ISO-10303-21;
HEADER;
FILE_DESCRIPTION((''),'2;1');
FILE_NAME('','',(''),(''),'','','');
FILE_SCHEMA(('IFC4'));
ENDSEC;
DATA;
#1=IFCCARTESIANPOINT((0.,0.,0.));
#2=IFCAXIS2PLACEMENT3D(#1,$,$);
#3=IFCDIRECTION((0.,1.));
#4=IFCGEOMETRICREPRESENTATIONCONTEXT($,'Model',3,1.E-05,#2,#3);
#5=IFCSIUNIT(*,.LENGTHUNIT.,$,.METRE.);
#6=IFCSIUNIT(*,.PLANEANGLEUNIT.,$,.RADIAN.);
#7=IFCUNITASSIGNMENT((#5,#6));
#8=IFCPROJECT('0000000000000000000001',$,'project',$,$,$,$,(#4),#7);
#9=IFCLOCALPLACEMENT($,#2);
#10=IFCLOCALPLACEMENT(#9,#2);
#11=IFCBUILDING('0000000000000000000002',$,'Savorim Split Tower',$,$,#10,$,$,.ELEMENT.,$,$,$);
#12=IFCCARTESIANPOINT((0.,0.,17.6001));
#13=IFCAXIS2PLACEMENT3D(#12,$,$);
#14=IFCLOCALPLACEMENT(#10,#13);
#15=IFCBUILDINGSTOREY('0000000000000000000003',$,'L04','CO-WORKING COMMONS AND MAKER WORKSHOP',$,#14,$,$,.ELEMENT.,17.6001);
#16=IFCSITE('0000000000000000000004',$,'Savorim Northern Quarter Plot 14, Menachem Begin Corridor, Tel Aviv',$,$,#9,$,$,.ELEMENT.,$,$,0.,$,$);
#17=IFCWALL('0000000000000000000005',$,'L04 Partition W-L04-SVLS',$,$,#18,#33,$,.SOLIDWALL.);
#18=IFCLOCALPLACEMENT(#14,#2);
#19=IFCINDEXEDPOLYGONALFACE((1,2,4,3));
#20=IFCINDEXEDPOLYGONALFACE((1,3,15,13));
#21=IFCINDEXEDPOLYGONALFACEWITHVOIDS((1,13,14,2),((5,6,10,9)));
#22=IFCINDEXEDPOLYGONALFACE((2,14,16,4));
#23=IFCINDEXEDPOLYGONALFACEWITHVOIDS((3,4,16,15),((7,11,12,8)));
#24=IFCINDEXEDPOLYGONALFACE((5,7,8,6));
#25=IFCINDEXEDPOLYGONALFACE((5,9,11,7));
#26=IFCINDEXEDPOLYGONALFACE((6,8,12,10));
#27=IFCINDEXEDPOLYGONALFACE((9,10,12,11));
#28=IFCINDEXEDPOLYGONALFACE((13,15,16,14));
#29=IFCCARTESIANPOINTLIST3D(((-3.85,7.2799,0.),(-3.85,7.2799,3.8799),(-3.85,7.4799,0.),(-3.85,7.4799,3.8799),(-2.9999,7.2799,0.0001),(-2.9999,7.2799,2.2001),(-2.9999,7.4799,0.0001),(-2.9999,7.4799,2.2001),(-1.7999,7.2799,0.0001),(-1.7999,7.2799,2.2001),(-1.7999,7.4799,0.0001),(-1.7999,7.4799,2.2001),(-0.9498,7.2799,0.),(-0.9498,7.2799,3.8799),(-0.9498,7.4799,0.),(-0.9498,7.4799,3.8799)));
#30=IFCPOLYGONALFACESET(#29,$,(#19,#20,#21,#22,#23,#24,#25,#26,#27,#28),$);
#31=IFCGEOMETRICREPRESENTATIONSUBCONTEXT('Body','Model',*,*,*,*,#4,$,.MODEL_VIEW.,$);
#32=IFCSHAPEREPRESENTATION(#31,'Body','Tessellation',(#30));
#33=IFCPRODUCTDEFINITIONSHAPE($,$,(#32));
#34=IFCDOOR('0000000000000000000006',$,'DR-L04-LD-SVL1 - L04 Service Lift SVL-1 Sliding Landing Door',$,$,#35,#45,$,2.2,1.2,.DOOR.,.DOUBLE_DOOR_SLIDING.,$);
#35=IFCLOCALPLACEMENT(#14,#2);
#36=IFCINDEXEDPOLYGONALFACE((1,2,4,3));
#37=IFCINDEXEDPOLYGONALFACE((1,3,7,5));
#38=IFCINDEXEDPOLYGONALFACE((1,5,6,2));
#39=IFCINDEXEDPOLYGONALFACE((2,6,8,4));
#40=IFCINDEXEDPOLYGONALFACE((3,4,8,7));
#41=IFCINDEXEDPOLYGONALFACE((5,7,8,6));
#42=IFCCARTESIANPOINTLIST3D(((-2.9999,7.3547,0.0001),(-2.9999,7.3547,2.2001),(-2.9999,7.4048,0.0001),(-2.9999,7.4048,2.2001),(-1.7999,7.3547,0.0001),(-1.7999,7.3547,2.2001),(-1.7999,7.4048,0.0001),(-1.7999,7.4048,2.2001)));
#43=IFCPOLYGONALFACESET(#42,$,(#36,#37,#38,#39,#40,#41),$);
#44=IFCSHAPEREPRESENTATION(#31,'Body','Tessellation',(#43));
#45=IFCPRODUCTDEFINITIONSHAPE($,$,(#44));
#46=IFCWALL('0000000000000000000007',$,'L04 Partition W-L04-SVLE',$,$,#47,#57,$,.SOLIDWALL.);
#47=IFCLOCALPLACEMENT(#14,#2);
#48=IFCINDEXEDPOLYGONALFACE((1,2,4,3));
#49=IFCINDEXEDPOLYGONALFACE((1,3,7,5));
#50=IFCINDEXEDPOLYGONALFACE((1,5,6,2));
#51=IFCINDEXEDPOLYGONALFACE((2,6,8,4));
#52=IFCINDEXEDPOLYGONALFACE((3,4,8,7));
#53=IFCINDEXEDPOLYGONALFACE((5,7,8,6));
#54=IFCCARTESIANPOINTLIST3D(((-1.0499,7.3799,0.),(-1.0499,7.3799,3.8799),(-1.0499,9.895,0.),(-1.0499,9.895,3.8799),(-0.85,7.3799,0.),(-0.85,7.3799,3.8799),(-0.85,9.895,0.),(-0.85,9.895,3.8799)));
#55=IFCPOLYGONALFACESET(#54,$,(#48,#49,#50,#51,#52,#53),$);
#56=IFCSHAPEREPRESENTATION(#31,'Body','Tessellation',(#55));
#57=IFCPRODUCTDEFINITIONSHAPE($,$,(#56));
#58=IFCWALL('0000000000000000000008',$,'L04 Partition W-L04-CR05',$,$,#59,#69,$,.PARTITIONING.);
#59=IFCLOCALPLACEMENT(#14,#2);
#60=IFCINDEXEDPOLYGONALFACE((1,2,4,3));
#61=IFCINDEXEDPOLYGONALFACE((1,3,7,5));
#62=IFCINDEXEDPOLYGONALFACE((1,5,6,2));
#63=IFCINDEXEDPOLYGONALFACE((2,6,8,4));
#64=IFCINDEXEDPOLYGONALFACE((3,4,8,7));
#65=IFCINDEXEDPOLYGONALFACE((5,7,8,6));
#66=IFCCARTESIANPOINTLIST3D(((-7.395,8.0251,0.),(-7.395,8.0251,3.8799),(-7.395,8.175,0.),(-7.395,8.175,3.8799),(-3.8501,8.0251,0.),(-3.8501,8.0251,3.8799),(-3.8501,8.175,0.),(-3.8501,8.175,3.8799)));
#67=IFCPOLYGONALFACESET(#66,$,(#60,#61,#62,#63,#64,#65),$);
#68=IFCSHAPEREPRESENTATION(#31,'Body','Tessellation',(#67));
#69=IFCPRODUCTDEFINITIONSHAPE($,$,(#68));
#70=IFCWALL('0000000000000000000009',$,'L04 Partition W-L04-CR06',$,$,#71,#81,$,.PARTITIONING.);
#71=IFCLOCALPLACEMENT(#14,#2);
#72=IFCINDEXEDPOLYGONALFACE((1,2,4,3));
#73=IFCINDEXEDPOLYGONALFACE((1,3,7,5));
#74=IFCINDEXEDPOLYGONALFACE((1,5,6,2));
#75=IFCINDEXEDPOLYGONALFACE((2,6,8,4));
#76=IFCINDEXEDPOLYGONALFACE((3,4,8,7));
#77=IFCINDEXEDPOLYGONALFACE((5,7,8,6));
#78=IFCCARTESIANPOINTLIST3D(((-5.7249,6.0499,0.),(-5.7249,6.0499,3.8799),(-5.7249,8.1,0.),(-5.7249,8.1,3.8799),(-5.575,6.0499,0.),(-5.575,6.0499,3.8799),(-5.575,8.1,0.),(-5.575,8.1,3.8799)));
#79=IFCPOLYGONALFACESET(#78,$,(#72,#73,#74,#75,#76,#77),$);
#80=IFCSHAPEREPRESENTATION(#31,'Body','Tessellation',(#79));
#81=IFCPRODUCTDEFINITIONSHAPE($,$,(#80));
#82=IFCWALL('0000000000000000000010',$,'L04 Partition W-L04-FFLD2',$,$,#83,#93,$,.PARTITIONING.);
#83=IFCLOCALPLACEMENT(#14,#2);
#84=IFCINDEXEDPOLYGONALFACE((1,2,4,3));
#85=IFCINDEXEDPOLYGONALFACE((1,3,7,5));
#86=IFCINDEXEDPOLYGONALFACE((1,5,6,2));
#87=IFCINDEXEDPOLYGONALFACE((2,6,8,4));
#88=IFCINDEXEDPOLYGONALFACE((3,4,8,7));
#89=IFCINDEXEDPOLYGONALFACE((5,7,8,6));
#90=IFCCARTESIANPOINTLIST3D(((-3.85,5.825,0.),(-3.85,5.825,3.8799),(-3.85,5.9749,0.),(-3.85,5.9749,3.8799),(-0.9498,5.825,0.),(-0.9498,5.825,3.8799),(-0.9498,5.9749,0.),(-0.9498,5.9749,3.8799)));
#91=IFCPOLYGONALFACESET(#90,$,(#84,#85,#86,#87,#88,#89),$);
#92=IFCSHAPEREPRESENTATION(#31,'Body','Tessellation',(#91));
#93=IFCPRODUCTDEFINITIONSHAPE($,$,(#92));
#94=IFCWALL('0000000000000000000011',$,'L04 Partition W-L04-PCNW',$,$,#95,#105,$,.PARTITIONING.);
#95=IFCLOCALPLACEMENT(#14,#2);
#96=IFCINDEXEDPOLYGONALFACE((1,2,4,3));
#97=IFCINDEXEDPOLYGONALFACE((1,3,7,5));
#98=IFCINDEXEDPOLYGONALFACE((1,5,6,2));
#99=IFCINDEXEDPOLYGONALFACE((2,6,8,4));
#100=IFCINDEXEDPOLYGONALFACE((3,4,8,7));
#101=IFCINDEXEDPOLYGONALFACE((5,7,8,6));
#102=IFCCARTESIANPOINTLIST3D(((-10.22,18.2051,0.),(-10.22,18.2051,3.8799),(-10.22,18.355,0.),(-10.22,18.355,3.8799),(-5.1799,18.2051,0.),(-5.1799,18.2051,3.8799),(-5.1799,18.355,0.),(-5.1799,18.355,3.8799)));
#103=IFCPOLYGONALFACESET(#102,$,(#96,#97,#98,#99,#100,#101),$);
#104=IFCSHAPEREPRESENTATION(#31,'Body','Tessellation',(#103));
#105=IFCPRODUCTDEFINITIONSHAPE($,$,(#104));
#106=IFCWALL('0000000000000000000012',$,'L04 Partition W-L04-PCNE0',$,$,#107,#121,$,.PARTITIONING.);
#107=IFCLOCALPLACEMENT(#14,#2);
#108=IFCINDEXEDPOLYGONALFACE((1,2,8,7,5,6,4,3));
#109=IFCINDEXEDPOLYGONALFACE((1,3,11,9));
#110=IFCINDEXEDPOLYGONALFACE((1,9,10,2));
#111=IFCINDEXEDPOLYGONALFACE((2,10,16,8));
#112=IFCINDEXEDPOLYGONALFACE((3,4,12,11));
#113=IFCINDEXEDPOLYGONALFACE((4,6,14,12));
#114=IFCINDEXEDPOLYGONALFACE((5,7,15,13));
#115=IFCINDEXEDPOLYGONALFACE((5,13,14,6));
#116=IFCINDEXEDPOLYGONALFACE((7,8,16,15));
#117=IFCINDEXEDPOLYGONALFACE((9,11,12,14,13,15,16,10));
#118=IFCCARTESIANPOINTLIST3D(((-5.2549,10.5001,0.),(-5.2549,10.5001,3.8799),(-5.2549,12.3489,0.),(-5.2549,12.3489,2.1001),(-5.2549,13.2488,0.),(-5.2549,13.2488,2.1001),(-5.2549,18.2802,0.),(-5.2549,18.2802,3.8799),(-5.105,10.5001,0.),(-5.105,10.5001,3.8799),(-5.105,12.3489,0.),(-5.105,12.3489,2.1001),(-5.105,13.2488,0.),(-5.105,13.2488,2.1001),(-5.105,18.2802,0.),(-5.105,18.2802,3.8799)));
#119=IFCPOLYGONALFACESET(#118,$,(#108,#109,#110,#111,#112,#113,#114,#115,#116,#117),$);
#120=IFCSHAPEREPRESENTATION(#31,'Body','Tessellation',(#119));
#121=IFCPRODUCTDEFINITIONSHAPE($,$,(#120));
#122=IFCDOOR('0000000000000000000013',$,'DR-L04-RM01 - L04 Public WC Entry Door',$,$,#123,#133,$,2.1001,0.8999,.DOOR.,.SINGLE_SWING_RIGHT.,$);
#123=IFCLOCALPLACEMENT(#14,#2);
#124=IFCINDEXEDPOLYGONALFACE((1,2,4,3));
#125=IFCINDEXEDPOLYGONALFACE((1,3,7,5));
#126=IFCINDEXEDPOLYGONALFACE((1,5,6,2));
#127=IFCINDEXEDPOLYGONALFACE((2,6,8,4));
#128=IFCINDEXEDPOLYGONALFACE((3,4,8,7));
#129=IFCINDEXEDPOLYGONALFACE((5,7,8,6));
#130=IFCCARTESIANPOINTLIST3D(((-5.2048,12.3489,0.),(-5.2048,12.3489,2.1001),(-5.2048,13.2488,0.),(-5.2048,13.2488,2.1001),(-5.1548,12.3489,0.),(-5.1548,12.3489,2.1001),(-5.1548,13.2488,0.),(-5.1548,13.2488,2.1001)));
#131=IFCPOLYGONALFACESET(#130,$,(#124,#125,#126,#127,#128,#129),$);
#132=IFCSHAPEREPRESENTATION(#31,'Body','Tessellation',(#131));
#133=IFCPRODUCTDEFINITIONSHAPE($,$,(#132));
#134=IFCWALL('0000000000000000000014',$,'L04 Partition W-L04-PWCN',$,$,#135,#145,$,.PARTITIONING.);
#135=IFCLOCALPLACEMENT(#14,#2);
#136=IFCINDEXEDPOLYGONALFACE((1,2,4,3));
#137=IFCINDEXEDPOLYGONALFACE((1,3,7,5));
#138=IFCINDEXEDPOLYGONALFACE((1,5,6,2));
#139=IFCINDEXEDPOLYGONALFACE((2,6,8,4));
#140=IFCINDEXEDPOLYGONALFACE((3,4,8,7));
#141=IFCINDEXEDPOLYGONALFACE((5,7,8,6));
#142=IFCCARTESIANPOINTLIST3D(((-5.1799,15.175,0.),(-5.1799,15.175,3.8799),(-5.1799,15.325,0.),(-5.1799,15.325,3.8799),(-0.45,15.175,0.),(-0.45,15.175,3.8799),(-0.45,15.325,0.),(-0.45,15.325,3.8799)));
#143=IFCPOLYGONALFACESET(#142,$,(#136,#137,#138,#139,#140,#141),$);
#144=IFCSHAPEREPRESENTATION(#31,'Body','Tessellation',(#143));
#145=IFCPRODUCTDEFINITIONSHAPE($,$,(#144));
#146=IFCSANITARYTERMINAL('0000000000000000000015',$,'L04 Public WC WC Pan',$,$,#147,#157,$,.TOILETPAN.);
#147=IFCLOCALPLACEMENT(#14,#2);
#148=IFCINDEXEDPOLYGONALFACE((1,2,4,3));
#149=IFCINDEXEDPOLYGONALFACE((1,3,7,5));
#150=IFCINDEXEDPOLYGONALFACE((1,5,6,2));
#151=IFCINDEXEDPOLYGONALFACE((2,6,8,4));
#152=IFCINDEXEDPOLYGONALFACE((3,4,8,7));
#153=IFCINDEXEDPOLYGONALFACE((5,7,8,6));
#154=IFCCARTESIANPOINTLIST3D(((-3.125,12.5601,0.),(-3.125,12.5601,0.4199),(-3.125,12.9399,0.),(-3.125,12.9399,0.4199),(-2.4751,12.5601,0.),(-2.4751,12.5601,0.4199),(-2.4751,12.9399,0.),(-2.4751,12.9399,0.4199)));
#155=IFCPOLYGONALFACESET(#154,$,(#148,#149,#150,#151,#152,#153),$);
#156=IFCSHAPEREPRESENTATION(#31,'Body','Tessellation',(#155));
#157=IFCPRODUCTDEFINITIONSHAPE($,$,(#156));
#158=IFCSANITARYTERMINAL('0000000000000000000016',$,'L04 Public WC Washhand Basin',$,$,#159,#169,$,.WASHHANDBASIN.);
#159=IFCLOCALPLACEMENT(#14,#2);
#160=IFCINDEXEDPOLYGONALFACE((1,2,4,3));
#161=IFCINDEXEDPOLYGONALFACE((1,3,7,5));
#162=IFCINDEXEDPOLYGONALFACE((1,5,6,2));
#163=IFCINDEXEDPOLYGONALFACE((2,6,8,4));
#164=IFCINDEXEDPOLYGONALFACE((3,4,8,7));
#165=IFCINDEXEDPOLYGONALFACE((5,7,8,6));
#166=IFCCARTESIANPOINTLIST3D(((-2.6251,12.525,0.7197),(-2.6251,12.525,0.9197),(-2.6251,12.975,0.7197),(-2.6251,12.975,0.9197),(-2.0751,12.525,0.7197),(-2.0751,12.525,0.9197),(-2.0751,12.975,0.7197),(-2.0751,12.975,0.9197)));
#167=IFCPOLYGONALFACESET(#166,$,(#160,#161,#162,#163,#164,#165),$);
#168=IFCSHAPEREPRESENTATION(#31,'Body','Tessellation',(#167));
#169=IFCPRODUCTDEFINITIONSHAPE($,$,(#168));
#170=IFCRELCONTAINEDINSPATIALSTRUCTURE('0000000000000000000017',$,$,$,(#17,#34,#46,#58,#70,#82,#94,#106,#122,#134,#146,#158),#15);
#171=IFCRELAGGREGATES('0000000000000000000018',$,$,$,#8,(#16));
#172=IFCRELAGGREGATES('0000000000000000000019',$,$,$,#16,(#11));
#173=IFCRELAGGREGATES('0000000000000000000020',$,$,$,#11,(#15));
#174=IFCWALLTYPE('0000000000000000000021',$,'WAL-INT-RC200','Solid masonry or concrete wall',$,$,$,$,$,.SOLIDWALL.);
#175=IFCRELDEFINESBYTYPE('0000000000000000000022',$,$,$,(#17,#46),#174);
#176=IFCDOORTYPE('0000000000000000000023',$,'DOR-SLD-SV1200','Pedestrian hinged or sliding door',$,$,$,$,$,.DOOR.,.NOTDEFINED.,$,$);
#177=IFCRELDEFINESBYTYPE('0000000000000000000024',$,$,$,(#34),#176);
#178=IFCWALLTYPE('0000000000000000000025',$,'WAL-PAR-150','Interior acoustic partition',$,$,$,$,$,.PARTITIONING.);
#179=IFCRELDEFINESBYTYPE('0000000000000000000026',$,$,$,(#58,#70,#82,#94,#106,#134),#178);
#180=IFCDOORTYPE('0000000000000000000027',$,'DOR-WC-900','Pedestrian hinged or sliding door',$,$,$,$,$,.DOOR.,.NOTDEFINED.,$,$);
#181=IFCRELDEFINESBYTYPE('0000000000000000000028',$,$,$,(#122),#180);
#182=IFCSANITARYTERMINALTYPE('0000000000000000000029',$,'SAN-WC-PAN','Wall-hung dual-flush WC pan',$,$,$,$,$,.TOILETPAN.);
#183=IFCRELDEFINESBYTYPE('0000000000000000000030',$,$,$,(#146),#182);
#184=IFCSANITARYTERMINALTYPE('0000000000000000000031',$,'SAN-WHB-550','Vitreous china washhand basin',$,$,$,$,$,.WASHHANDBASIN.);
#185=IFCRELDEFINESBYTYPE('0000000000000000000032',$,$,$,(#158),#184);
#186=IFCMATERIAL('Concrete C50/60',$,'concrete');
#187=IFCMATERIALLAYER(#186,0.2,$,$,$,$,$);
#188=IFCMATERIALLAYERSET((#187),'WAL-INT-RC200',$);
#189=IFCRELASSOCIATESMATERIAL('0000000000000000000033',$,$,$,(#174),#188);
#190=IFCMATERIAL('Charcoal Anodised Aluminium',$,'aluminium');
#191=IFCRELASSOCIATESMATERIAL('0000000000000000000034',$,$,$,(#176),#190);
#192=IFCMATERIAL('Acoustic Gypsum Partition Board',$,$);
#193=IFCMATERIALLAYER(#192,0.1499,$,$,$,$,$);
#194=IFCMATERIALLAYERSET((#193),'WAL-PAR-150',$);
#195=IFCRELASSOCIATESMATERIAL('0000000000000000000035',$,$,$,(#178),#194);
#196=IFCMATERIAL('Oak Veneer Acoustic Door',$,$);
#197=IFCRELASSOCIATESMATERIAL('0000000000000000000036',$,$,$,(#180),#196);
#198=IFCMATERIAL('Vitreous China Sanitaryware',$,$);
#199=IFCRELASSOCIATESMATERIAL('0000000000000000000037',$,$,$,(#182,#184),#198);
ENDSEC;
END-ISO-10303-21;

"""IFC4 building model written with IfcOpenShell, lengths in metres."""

from ifc_helpers import new_model, si_unit, direction, frame, frame_2d, origin, origin_2d, place, context, subcontext, project, spatial, rectangle, extrude, material, layer, layer_set, type_object, element, fill, save


model = new_model("IFC4")

# Units and contexts
model_context = context("Model", 3, precision=1e-05, world=origin(), true_north=direction((0.0, 1.0)))
body_context = subcontext(model_context, "Body", "Model", "MODEL_VIEW")
ifc_project = project(units=[si_unit("LENGTHUNIT", "METRE"), si_unit("PLANEANGLEUNIT", "RADIAN")], contexts=[model_context])

# Site, building, storey
site_placement = place(None, origin())
site = spatial("IfcSite", under=ifc_project, at=site_placement, Name="Savorim Northern Quarter Plot 14, Menachem Begin Corridor, Tel Aviv", CompositionType="ELEMENT", RefElevation=0.0)
building_placement = place(site_placement, origin())
building = spatial("IfcBuilding", under=site, at=building_placement, Name="Savorim Split Tower", CompositionType="ELEMENT")
storey_placement = place(building_placement, frame((0.0, 0.0, 17.6001)))
storey = spatial("IfcBuildingStorey", under=building, at=storey_placement, Name="L04", Description="CO-WORKING COMMONS AND MAKER WORKSHOP", CompositionType="ELEMENT", Elevation=17.6001)

# Shared definitions
ifc_material_1 = material(Name="Charcoal Anodised Aluminium", Category="aluminium")

# Shared definitions
ifc_material_2 = material(Name="Concrete C50/60", Category="concrete")
ifc_layer_1 = layer(ifc_material_2, 0.2)
ifc_layer_set_1 = layer_set([ifc_layer_1], Name="WAL-INT-RC200")
wall_type_1 = type_object("IfcWallType", Name="WAL-INT-RC200", Description="Solid masonry or concrete wall", PredefinedType="SOLIDWALL", material=ifc_layer_set_1)

# Wall, opening, door
wall_1_placement = place(storey_placement, frame((-3.8501, 7.3799, 0.0), z_axis=(0.0, 0.0, 1.0), x_axis=(1.0, 0.0, 0.0)))
wall_1 = element("IfcWall", 1, at=wall_1_placement, inside=storey, type_object=wall_type_1, Name="L04 Partition W-L04-SVLS", PredefinedType="SOLIDWALL", context=body_context, shape_type="SweptSolid", body=[
    extrude(rectangle(XDim=2.9001, YDim=0.2, at=frame_2d((1.4502, 0.0))), origin(), (0.0, 0.0, 1.0), 3.8799),
])
opening_1_placement = place(wall_1_placement, frame((0.8501, 0.0, 0.0)))
opening_1 = element("IfcOpeningElement", 2, at=opening_1_placement, cuts=wall_1, PredefinedType="OPENING", context=body_context, shape_type="SweptSolid", body=[
    extrude(rectangle(XDim=1.2, YDim=2.2, at=frame_2d((0.6001, 1.1001))), frame((0.0, 0.1099, 0.0), z_axis=(0.0, -1.0, 0.0), x_axis=(1.0, 0.0, 0.0)), (0.0, 0.0, 1.0), 0.22),
])
door_type_1 = type_object("IfcDoorType", Name="DOR-SLD-SV1200", Description="Pedestrian hinged or sliding door", OperationType="NOTDEFINED", PredefinedType="DOOR", material=ifc_material_1)
door_1_placement = place(opening_1_placement, origin())
door_1 = element("IfcDoor", 3, at=door_1_placement, inside=storey, type_object=door_type_1, Name="DR-L04-LD-SVL1 - L04 Service Lift SVL-1 Sliding Landing Door", OperationType="DOUBLE_DOOR_SLIDING", OverallHeight=2.2, OverallWidth=1.2, PredefinedType="DOOR", context=body_context, shape_type="SweptSolid", body=[
    extrude(rectangle(XDim=1.2, YDim=2.2, at=frame_2d((0.6001, 1.1001))), frame((0.0, 0.0249, 0.0), z_axis=(0.0, -1.0, 0.0), x_axis=(1.0, 0.0, 0.0)), (0.0, 0.0, 1.0), 0.05),
])
fill(opening_1, door_1)

# Walls
wall_2_placement = place(storey_placement, frame((-0.95, 7.3799, 0.0), z_axis=(0.0, 0.0, 1.0), x_axis=(0.0, 1.0, 0.0)))
element("IfcWall", 4, at=wall_2_placement, inside=storey, type_object=wall_type_1, Name="L04 Partition W-L04-SVLE", PredefinedType="SOLIDWALL", context=body_context, shape_type="SweptSolid", body=[
    extrude(rectangle(XDim=2.5151, YDim=0.2, at=frame_2d((1.2576, 0.0))), origin(), (0.0, 0.0, 1.0), 3.8799),
])
ifc_material_3 = material(Name="Acoustic Gypsum Partition Board")
ifc_layer_2 = layer(ifc_material_3, 0.1499)
ifc_layer_set_2 = layer_set([ifc_layer_2], Name="WAL-PAR-150")
wall_type_2 = type_object("IfcWallType", Name="WAL-PAR-150", Description="Interior acoustic partition", PredefinedType="PARTITIONING", material=ifc_layer_set_2)
wall_3_placement = place(storey_placement, frame((-7.395, 8.1001, 0.0), z_axis=(0.0, 0.0, 1.0), x_axis=(1.0, 0.0, 0.0)))
element("IfcWall", 5, at=wall_3_placement, inside=storey, type_object=wall_type_2, Name="L04 Partition W-L04-CR05", PredefinedType="PARTITIONING", context=body_context, shape_type="SweptSolid", body=[
    extrude(rectangle(XDim=3.5449, YDim=0.1499, at=frame_2d((1.7725, 0.0))), origin(), (0.0, 0.0, 1.0), 3.8799),
])
wall_4_placement = place(storey_placement, frame((-5.6499, 6.05, 0.0), z_axis=(0.0, 0.0, 1.0), x_axis=(0.0, 1.0, 0.0)))
element("IfcWall", 6, at=wall_4_placement, inside=storey, type_object=wall_type_2, Name="L04 Partition W-L04-CR06", PredefinedType="PARTITIONING", context=body_context, shape_type="SweptSolid", body=[
    extrude(rectangle(XDim=2.05, YDim=0.1499, at=frame_2d((1.0249, 0.0))), origin(), (0.0, 0.0, 1.0), 3.8799),
])
wall_5_placement = place(storey_placement, frame((-3.8501, 5.8999, 0.0), z_axis=(0.0, 0.0, 1.0), x_axis=(1.0, 0.0, 0.0)))
element("IfcWall", 7, at=wall_5_placement, inside=storey, type_object=wall_type_2, Name="L04 Partition W-L04-FFLD2", PredefinedType="PARTITIONING", context=body_context, shape_type="SweptSolid", body=[
    extrude(rectangle(XDim=2.9001, YDim=0.1499, at=frame_2d((1.4502, 0.0))), origin(), (0.0, 0.0, 1.0), 3.8799),
])
wall_6_placement = place(storey_placement, frame((-10.22, 18.28, 0.0), z_axis=(0.0, 0.0, 1.0), x_axis=(1.0, 0.0, 0.0)))
element("IfcWall", 8, at=wall_6_placement, inside=storey, type_object=wall_type_2, Name="L04 Partition W-L04-PCNW", PredefinedType="PARTITIONING", context=body_context, shape_type="SweptSolid", body=[
    extrude(rectangle(XDim=5.04, YDim=0.1499, at=frame_2d((2.52, 0.0))), origin(), (0.0, 0.0, 1.0), 3.8799),
])

# Wall, opening, door
wall_7_placement = place(storey_placement, frame((-5.1799, 10.5, 0.0), z_axis=(0.0, 0.0, 1.0), x_axis=(0.0, 1.0, 0.0)))
wall_7 = element("IfcWall", 9, at=wall_7_placement, inside=storey, type_object=wall_type_2, Name="L04 Partition W-L04-PCNE0", PredefinedType="PARTITIONING", context=body_context, shape_type="SweptSolid", body=[
    extrude(rectangle(XDim=7.78, YDim=0.1499, at=frame_2d((3.8901, 0.0))), origin(), (0.0, 0.0, 1.0), 3.8799),
])
opening_2_placement = place(wall_7_placement, frame((1.8489, 0.0, 0.0)))
opening_2 = element("IfcOpeningElement", 10, at=opening_2_placement, cuts=wall_7, PredefinedType="OPENING", context=body_context, shape_type="SweptSolid", body=[
    extrude(rectangle(XDim=0.8999, YDim=2.1001, at=frame_2d((0.45, 1.05))), frame((0.0, 0.085, 0.0), z_axis=(0.0, -1.0, 0.0), x_axis=(1.0, 0.0, 0.0)), (0.0, 0.0, 1.0), 0.1699),
])
ifc_material_4 = material(Name="Oak Veneer Acoustic Door")
door_type_2 = type_object("IfcDoorType", Name="DOR-WC-900", Description="Pedestrian hinged or sliding door", OperationType="NOTDEFINED", PredefinedType="DOOR", material=ifc_material_4)
door_2_placement = place(opening_2_placement, origin())
door_2 = element("IfcDoor", 11, at=door_2_placement, inside=storey, type_object=door_type_2, Name="DR-L04-RM01 - L04 Public WC Entry Door", OperationType="SINGLE_SWING_RIGHT", OverallHeight=2.1001, OverallWidth=0.8999, PredefinedType="DOOR", context=body_context, shape_type="SweptSolid", body=[
    extrude(rectangle(XDim=0.8999, YDim=2.1001, at=frame_2d((0.45, 1.05))), frame((0.0, 0.0249, 0.0), z_axis=(0.0, -1.0, 0.0), x_axis=(1.0, 0.0, 0.0)), (0.0, 0.0, 1.0), 0.05),
])
fill(opening_2, door_2)

# Wall
wall_8_placement = place(storey_placement, frame((-5.1799, 15.25, 0.0), z_axis=(0.0, 0.0, 1.0), x_axis=(1.0, 0.0, 0.0)))
element("IfcWall", 12, at=wall_8_placement, inside=storey, type_object=wall_type_2, Name="L04 Partition W-L04-PWCN", PredefinedType="PARTITIONING", context=body_context, shape_type="SweptSolid", body=[
    extrude(rectangle(XDim=4.73, YDim=0.1499, at=frame_2d((2.365, 0.0))), origin(), (0.0, 0.0, 1.0), 3.8799),
])

# Sanitary terminals
ifc_material_5 = material(Name="Vitreous China Sanitaryware")
sanitary_terminal_type_1 = type_object("IfcSanitaryTerminalType", Name="SAN-WC-PAN", Description="Wall-hung dual-flush WC pan", PredefinedType="TOILETPAN", material=ifc_material_5)
sanitary_terminal_1_placement = place(storey_placement, frame((-2.8, 12.75, 0.0), z_axis=(0.0, 0.0, 1.0), x_axis=(1.0, 0.0, 0.0)))
element("IfcSanitaryTerminal", 13, at=sanitary_terminal_1_placement, inside=storey, type_object=sanitary_terminal_type_1, Name="L04 Public WC WC Pan", PredefinedType="TOILETPAN", context=body_context, shape_type="SweptSolid", body=[
    extrude(rectangle(XDim=0.6499, YDim=0.3799, at=origin_2d()), origin(), (0.0, 0.0, 1.0), 0.4199),
])
sanitary_terminal_type_2 = type_object("IfcSanitaryTerminalType", Name="SAN-WHB-550", Description="Vitreous china washhand basin", PredefinedType="WASHHANDBASIN", material=ifc_material_5)
sanitary_terminal_2_placement = place(storey_placement, frame((-2.3501, 12.75, 0.7197), z_axis=(0.0, 0.0, 1.0), x_axis=(1.0, 0.0, 0.0)))
element("IfcSanitaryTerminal", 14, at=sanitary_terminal_2_placement, inside=storey, type_object=sanitary_terminal_type_2, Name="L04 Public WC Washhand Basin", PredefinedType="WASHHANDBASIN", context=body_context, shape_type="SweptSolid", body=[
    extrude(rectangle(XDim=0.55, YDim=0.45, at=origin_2d()), origin(), (0.0, 0.0, 1.0), 0.2),
])

save(model, "model.ifc")
